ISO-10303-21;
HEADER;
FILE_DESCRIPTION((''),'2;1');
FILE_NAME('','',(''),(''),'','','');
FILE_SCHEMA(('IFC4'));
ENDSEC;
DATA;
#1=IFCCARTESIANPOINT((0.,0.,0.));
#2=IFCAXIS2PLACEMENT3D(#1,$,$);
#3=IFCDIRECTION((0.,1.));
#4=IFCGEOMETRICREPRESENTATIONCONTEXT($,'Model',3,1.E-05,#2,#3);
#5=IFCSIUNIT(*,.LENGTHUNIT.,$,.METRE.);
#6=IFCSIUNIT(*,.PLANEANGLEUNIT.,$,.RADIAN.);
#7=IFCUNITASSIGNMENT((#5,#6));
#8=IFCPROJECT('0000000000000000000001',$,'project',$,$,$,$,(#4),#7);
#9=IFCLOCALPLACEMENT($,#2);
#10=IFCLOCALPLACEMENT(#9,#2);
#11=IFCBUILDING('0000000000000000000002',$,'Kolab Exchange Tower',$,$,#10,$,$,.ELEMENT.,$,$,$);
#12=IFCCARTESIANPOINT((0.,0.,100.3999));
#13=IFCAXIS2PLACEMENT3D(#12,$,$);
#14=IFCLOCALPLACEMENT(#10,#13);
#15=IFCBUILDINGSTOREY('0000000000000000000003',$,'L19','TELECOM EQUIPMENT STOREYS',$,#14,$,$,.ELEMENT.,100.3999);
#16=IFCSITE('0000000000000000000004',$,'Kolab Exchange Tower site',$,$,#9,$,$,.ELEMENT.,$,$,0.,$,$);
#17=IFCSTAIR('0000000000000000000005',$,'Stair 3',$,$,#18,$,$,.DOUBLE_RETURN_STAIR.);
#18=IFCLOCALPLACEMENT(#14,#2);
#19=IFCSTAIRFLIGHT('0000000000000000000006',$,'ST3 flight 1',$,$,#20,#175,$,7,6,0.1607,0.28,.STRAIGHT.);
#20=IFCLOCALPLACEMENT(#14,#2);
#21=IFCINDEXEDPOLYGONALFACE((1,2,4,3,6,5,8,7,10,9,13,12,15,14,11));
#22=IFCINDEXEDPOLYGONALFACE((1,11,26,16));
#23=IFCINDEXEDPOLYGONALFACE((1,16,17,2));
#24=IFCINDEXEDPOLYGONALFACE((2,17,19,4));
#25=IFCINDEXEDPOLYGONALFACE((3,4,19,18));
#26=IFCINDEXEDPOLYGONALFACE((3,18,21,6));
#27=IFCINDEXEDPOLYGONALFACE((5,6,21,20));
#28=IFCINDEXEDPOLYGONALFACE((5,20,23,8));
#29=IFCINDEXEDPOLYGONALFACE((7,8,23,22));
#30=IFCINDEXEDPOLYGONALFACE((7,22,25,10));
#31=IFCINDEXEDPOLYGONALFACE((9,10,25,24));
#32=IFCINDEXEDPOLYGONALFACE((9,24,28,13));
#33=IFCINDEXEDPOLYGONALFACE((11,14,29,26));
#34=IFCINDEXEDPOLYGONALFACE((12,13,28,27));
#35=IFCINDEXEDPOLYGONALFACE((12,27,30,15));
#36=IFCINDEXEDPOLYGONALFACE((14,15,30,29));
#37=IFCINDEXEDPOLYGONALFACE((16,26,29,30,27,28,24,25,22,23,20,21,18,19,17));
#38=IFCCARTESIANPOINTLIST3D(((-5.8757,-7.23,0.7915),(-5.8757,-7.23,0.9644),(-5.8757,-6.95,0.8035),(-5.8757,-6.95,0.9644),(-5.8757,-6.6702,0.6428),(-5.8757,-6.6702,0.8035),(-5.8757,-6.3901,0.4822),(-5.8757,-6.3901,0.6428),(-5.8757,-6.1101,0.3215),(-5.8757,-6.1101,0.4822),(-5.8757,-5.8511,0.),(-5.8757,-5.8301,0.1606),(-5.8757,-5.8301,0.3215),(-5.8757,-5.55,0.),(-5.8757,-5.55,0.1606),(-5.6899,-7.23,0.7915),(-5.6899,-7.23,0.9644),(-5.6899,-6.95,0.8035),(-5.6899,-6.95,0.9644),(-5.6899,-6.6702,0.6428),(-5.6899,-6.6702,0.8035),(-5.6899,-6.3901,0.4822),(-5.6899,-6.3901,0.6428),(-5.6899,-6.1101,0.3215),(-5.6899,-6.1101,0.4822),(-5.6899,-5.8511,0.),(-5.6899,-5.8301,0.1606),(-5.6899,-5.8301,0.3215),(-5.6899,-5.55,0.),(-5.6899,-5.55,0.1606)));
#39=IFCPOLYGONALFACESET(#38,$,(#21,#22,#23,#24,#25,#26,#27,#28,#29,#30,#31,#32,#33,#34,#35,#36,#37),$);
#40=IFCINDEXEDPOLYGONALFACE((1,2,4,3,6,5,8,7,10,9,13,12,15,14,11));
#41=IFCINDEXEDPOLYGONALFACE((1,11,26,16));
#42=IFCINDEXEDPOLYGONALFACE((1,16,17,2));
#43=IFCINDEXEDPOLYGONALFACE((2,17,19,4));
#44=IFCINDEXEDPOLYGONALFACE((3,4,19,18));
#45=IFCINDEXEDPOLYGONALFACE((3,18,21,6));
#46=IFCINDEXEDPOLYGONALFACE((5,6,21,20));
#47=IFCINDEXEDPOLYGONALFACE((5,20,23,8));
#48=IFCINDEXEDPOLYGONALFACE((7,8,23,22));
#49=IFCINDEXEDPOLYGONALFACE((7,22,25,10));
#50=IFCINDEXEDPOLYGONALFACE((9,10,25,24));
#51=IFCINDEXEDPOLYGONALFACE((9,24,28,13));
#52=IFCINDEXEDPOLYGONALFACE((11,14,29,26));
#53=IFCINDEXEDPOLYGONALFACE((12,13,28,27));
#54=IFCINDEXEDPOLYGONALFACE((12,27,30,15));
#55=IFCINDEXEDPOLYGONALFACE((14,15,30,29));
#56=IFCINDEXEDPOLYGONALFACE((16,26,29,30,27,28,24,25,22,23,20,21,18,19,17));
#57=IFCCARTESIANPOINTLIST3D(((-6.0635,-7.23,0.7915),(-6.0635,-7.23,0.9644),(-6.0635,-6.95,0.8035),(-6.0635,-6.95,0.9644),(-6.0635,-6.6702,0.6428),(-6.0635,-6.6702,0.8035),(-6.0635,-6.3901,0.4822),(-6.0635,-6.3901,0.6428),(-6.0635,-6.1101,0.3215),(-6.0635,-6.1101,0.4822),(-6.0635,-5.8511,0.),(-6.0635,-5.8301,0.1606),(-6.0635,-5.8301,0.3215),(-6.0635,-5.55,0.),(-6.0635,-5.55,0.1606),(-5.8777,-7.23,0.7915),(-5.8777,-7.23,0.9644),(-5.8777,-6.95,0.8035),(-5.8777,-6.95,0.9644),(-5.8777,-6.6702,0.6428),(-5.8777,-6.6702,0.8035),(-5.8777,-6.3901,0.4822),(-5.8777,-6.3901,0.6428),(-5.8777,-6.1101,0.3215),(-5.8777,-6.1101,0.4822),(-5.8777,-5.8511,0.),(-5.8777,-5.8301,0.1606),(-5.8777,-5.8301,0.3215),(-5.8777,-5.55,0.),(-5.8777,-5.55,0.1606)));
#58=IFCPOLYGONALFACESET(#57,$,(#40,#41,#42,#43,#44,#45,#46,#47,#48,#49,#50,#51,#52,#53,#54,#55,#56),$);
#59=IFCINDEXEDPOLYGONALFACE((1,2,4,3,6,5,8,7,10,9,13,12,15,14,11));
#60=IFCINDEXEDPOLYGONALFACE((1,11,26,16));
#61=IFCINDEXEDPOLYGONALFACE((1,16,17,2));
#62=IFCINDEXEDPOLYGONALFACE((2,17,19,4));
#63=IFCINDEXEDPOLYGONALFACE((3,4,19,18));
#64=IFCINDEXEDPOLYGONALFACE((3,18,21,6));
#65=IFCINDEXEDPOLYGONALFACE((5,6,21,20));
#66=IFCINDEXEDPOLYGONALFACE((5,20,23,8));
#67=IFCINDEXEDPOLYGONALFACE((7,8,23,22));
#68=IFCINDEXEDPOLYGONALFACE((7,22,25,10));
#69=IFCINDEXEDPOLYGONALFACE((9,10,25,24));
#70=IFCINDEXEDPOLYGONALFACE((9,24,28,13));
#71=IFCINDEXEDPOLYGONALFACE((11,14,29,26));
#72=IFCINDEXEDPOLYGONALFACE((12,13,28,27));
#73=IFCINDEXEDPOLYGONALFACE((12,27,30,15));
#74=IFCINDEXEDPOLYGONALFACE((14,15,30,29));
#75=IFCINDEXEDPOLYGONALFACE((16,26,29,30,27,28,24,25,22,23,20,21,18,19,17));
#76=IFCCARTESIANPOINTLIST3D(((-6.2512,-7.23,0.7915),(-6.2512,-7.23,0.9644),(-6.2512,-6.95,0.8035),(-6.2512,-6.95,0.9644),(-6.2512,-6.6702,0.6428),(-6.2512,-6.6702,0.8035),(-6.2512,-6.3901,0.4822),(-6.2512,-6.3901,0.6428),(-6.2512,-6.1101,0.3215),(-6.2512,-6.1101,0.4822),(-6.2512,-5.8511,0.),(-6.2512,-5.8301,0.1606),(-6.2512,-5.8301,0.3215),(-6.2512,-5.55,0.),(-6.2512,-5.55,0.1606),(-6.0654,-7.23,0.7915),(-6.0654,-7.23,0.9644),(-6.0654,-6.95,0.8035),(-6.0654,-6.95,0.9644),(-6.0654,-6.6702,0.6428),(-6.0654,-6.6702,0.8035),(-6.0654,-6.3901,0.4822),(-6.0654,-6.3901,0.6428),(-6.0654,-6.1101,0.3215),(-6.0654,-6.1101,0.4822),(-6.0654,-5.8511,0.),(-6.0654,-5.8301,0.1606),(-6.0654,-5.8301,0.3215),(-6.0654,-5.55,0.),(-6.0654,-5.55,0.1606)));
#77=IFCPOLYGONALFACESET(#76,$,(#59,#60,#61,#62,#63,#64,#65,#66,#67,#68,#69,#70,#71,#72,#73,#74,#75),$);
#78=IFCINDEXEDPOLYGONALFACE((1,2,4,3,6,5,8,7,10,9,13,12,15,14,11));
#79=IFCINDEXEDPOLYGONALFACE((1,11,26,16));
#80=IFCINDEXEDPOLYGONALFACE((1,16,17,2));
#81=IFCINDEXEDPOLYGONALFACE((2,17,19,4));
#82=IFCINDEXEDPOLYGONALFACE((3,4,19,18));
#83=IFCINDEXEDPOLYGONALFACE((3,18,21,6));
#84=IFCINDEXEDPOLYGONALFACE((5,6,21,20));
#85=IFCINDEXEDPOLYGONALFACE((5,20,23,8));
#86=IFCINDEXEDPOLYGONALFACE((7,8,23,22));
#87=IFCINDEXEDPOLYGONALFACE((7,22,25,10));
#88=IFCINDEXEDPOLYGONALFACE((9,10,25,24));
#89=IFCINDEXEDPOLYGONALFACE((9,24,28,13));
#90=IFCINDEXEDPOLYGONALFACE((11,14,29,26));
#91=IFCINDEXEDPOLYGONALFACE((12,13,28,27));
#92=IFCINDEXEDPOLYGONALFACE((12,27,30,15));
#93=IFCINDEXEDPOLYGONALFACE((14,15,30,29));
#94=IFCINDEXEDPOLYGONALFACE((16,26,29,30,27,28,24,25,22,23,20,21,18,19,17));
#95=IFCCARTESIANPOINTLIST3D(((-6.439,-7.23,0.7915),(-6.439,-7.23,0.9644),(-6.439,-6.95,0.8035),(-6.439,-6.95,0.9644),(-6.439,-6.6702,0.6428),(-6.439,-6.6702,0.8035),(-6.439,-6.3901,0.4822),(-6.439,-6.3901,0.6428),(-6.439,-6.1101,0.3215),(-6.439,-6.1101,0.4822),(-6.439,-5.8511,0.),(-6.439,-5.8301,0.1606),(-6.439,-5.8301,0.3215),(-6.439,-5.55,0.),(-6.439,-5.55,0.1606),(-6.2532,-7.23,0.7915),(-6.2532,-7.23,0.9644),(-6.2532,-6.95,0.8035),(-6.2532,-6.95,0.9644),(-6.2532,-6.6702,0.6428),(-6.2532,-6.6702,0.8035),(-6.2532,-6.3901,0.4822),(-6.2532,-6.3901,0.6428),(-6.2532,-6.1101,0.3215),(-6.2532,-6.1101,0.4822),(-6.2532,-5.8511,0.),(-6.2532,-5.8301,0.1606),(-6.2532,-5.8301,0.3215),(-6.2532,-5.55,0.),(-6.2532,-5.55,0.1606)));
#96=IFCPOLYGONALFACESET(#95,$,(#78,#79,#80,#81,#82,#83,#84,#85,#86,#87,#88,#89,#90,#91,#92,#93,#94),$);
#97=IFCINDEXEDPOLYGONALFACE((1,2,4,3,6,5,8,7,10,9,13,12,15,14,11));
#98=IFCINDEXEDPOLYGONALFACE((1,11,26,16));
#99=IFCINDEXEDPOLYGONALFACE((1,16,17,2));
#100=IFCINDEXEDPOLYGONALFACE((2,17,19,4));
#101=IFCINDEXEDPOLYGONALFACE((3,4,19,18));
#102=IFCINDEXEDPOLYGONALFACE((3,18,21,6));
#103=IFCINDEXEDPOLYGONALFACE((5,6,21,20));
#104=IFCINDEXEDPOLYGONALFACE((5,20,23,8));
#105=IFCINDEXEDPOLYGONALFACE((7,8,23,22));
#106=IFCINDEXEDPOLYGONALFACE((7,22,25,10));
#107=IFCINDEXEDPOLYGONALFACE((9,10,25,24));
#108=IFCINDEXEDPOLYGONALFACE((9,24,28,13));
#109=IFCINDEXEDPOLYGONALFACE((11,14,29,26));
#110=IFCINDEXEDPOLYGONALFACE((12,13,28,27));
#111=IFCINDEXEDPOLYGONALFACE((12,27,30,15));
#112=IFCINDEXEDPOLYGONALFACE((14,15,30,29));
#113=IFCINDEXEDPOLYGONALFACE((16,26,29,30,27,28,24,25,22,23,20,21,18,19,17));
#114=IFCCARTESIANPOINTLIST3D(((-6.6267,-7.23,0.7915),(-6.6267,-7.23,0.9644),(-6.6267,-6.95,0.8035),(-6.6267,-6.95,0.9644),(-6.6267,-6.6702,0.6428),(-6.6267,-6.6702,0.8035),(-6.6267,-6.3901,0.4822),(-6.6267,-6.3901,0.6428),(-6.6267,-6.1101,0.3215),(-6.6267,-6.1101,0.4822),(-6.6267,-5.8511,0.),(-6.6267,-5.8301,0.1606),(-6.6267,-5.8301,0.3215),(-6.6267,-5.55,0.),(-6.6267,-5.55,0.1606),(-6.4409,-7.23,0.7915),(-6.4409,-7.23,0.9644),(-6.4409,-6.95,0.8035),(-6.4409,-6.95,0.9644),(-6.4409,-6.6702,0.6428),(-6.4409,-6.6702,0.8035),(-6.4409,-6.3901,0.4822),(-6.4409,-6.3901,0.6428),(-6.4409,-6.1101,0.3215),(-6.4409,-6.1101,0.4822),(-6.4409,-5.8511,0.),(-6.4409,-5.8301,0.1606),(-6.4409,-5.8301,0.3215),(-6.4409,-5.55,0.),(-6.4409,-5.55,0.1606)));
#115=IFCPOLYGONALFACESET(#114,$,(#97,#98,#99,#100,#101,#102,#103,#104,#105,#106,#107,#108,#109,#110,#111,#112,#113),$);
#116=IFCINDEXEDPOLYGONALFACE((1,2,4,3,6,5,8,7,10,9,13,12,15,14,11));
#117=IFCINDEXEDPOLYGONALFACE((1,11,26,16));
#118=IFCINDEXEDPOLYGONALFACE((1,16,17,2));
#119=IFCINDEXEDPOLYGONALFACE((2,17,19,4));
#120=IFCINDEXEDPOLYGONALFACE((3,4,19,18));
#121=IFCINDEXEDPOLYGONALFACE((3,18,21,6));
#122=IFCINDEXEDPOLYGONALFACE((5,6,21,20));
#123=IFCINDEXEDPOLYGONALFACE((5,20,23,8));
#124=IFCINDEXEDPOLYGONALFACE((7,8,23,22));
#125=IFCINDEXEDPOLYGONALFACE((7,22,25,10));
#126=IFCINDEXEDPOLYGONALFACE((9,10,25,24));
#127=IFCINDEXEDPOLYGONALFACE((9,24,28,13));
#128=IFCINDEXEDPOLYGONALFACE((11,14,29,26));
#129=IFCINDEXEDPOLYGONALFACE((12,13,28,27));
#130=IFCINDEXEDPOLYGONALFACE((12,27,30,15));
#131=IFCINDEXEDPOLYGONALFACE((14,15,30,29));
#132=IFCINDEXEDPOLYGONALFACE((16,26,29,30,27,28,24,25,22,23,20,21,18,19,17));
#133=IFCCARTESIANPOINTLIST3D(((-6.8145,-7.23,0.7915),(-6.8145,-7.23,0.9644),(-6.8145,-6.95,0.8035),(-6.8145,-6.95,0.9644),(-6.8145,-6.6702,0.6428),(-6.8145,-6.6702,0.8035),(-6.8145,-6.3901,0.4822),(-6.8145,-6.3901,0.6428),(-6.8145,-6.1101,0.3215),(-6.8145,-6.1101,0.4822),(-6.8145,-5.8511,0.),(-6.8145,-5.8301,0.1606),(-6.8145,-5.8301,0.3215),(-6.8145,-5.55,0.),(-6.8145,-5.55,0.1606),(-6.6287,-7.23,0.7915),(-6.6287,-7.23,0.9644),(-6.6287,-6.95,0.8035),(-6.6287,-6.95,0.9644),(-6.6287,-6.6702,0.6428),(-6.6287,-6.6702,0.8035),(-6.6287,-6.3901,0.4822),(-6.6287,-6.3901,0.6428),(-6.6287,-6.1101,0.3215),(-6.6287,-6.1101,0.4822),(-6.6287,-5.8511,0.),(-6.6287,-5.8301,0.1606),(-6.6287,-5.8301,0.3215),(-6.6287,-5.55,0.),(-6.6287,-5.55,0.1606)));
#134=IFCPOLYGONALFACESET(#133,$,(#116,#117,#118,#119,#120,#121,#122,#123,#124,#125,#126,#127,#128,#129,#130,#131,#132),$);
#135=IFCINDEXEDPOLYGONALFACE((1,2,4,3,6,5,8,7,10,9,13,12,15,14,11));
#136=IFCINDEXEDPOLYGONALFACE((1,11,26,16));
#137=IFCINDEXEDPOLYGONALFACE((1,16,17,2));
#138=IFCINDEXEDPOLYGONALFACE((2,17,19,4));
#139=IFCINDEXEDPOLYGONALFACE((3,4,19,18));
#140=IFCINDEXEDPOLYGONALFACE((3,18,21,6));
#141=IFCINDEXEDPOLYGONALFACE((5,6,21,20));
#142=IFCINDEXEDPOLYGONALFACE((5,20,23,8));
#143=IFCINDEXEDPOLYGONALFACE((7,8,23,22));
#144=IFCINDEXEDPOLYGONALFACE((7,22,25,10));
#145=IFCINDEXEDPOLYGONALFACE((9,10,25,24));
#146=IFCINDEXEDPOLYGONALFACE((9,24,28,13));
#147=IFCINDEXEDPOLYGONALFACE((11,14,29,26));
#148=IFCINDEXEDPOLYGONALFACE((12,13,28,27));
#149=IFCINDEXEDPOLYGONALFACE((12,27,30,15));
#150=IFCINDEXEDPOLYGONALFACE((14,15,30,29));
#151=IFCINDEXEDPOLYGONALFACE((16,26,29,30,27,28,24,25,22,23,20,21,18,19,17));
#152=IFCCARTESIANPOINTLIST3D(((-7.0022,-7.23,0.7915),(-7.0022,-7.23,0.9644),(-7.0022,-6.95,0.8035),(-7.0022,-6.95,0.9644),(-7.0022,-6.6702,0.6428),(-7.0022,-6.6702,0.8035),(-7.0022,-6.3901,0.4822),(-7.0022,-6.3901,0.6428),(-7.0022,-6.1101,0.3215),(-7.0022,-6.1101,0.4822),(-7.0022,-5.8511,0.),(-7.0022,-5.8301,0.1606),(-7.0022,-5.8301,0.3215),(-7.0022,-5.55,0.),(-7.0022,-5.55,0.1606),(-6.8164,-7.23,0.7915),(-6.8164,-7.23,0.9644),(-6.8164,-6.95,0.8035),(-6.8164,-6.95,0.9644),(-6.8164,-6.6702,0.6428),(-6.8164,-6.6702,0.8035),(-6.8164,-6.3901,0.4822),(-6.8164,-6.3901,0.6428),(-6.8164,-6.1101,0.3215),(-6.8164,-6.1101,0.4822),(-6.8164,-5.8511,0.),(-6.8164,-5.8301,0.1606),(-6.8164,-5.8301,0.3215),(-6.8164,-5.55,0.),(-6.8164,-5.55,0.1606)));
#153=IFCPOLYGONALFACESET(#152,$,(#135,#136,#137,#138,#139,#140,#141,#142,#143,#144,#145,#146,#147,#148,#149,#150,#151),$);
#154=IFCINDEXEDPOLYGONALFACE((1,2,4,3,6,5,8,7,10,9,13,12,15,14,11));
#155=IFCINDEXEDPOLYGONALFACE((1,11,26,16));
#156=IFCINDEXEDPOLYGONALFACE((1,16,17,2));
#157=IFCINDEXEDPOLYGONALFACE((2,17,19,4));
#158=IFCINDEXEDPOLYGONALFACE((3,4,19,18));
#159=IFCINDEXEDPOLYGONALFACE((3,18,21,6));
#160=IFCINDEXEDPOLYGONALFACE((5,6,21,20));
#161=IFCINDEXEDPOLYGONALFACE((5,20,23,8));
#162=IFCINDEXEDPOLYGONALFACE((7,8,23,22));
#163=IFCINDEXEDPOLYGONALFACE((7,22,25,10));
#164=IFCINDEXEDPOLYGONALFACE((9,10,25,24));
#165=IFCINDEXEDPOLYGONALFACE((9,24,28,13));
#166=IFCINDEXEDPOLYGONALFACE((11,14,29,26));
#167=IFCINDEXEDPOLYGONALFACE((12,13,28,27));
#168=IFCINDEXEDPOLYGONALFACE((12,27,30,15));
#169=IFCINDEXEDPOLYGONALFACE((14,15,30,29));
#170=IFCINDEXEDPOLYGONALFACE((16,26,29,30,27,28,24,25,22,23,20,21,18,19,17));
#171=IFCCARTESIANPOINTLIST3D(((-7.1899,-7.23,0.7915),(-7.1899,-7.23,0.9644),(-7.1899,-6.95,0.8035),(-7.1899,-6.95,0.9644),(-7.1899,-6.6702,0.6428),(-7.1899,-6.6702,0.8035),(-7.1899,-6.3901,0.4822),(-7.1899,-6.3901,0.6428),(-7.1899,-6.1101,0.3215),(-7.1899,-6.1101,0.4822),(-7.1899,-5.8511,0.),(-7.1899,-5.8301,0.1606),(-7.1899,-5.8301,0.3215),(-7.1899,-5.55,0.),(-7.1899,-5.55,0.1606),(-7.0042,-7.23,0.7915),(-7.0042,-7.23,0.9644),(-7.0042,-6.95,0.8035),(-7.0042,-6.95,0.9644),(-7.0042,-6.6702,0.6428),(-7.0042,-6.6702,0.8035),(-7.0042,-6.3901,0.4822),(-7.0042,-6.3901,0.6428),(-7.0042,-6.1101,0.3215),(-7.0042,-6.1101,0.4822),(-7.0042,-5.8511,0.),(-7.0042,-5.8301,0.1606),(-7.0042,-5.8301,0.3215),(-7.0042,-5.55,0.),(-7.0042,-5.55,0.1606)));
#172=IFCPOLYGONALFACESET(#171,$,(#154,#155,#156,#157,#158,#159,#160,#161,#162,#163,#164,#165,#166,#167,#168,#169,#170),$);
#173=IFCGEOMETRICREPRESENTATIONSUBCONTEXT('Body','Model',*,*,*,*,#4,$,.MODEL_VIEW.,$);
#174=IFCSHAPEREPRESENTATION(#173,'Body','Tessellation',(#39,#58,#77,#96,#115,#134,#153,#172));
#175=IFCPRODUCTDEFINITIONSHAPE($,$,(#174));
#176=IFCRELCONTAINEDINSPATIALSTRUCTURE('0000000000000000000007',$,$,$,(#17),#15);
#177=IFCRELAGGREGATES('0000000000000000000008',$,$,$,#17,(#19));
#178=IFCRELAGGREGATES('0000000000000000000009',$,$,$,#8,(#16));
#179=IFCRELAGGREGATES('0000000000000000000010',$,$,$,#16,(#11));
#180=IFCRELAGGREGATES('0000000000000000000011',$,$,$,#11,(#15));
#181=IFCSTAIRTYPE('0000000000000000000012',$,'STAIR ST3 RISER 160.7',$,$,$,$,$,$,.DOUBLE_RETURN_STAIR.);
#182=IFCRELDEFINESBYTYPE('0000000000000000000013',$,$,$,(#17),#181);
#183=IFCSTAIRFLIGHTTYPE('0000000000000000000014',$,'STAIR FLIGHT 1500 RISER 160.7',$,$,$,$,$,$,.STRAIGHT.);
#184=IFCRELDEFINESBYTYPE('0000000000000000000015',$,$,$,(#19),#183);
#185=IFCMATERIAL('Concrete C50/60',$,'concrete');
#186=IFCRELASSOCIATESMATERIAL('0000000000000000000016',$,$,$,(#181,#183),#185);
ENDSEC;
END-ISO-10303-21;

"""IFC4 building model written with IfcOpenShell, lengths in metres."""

from ifc_helpers import new_model, si_unit, direction, frame, origin, place, context, subcontext, project, spatial, polyline, outline, extrude, material, type_object, element, aggregate, save


model = new_model("IFC4")

# Units and contexts
model_context = context("Model", 3, precision=1e-05, world=origin(), true_north=direction((0.0, 1.0)))
body_context = subcontext(model_context, "Body", "Model", "MODEL_VIEW")
ifc_project = project(units=[si_unit("LENGTHUNIT", "METRE"), si_unit("PLANEANGLEUNIT", "RADIAN")], contexts=[model_context])

# Site, building, storey
site_placement = place(None, origin())
site = spatial("IfcSite", under=ifc_project, at=site_placement, Name="Kolab Exchange Tower site", CompositionType="ELEMENT", RefElevation=0.0)
building_placement = place(site_placement, origin())
building = spatial("IfcBuilding", under=site, at=building_placement, Name="Kolab Exchange Tower", CompositionType="ELEMENT")
storey_placement = place(building_placement, frame((0.0, 0.0, 100.3999)))
storey = spatial("IfcBuildingStorey", under=building, at=storey_placement, Name="L19", Description="TELECOM EQUIPMENT STOREYS", CompositionType="ELEMENT", Elevation=100.3999)

# Shared definitions
ifc_material_1 = material(Name="Concrete C50/60", Category="concrete")

# Stair, stair flight
stair_type = type_object("IfcStairType", Name="STAIR ST3 RISER 160.7", PredefinedType="DOUBLE_RETURN_STAIR", material=ifc_material_1)
stair_placement = place(storey_placement, origin())
stair = element("IfcStair", 1, at=stair_placement, inside=storey, type_object=stair_type, Name="Stair 3", PredefinedType="DOUBLE_RETURN_STAIR")
stair_flight_type = type_object("IfcStairFlightType", Name="STAIR FLIGHT 1500 RISER 160.7", PredefinedType="STRAIGHT", material=ifc_material_1)
stair_flight_1_placement = place(storey_placement, frame((-6.4399, -5.55, 0.0), z_axis=(0.0, 0.0, 1.0), x_axis=(0.0, -1.0, 0.0)))
stair_flight_1 = element("IfcStairFlight", 2, at=stair_flight_1_placement, type_object=stair_flight_type, Name="ST3 flight 1", NumberOfRisers=7, NumberOfTreads=6, PredefinedType="STRAIGHT", RiserHeight=0.1607, TreadLength=0.28, context=body_context, shape_type="SweptSolid", body=[
    extrude(outline(polyline([(0.0, 0.0), (0.0, 0.1606), (0.28, 0.1606), (0.28, 0.3215), (0.5601, 0.3215), (0.5601, 0.4822), (0.8401, 0.4822), (0.8401, 0.6428), (1.1201, 0.6428), (1.1201, 0.8035), (1.3999, 0.8035), (1.3999, 0.9644), (1.6799, 0.9644), (1.6799, 1.125), (1.6799, 0.7915), (0.301, 0.0), (0.0, 0.0)])), frame((0.0, 0.75, 0.0), z_axis=(0.0, -1.0, 0.0), x_axis=(1.0, 0.0, 0.0)), (0.0, 0.0, 1.0), 0.1858),
    extrude(outline(polyline([(0.0, 0.0), (0.0, 0.1606), (0.28, 0.1606), (0.28, 0.3215), (0.5601, 0.3215), (0.5601, 0.4822), (0.8401, 0.4822), (0.8401, 0.6428), (1.1201, 0.6428), (1.1201, 0.8035), (1.3999, 0.8035), (1.3999, 0.9644), (1.6799, 0.9644), (1.6799, 1.125), (1.6799, 0.7915), (0.301, 0.0), (0.0, 0.0)])), frame((0.0, 0.5623, 0.0), z_axis=(0.0, -1.0, 0.0), x_axis=(1.0, 0.0, 0.0)), (0.0, 0.0, 1.0), 0.1858),
    extrude(outline(polyline([(0.0, 0.0), (0.0, 0.1606), (0.28, 0.1606), (0.28, 0.3215), (0.5601, 0.3215), (0.5601, 0.4822), (0.8401, 0.4822), (0.8401, 0.6428), (1.1201, 0.6428), (1.1201, 0.8035), (1.3999, 0.8035), (1.3999, 0.9644), (1.6799, 0.9644), (1.6799, 1.125), (1.6799, 0.7915), (0.301, 0.0), (0.0, 0.0)])), frame((0.0, 0.3745, 0.0), z_axis=(0.0, -1.0, 0.0), x_axis=(1.0, 0.0, 0.0)), (0.0, 0.0, 1.0), 0.1858),
    extrude(outline(polyline([(0.0, 0.0), (0.0, 0.1606), (0.28, 0.1606), (0.28, 0.3215), (0.5601, 0.3215), (0.5601, 0.4822), (0.8401, 0.4822), (0.8401, 0.6428), (1.1201, 0.6428), (1.1201, 0.8035), (1.3999, 0.8035), (1.3999, 0.9644), (1.6799, 0.9644), (1.6799, 1.125), (1.6799, 0.7915), (0.301, 0.0), (0.0, 0.0)])), frame((0.0, 0.1868, 0.0), z_axis=(0.0, -1.0, 0.0), x_axis=(1.0, 0.0, 0.0)), (0.0, 0.0, 1.0), 0.1858),
    extrude(outline(polyline([(0.0, 0.0), (0.0, 0.1606), (0.28, 0.1606), (0.28, 0.3215), (0.5601, 0.3215), (0.5601, 0.4822), (0.8401, 0.4822), (0.8401, 0.6428), (1.1201, 0.6428), (1.1201, 0.8035), (1.3999, 0.8035), (1.3999, 0.9644), (1.6799, 0.9644), (1.6799, 1.125), (1.6799, 0.7915), (0.301, 0.0), (0.0, 0.0)])), frame((0.0, -0.001, 0.0), z_axis=(0.0, -1.0, 0.0), x_axis=(1.0, 0.0, 0.0)), (0.0, 0.0, 1.0), 0.1858),
    extrude(outline(polyline([(0.0, 0.0), (0.0, 0.1606), (0.28, 0.1606), (0.28, 0.3215), (0.5601, 0.3215), (0.5601, 0.4822), (0.8401, 0.4822), (0.8401, 0.6428), (1.1201, 0.6428), (1.1201, 0.8035), (1.3999, 0.8035), (1.3999, 0.9644), (1.6799, 0.9644), (1.6799, 1.125), (1.6799, 0.7915), (0.301, 0.0), (0.0, 0.0)])), frame((0.0, -0.1887, 0.0), z_axis=(0.0, -1.0, 0.0), x_axis=(1.0, 0.0, 0.0)), (0.0, 0.0, 1.0), 0.1858),
    extrude(outline(polyline([(0.0, 0.0), (0.0, 0.1606), (0.28, 0.1606), (0.28, 0.3215), (0.5601, 0.3215), (0.5601, 0.4822), (0.8401, 0.4822), (0.8401, 0.6428), (1.1201, 0.6428), (1.1201, 0.8035), (1.3999, 0.8035), (1.3999, 0.9644), (1.6799, 0.9644), (1.6799, 1.125), (1.6799, 0.7915), (0.301, 0.0), (0.0, 0.0)])), frame((0.0, -0.3765, 0.0), z_axis=(0.0, -1.0, 0.0), x_axis=(1.0, 0.0, 0.0)), (0.0, 0.0, 1.0), 0.1858),
    extrude(outline(polyline([(0.0, 0.0), (0.0, 0.1606), (0.28, 0.1606), (0.28, 0.3215), (0.5601, 0.3215), (0.5601, 0.4822), (0.8401, 0.4822), (0.8401, 0.6428), (1.1201, 0.6428), (1.1201, 0.8035), (1.3999, 0.8035), (1.3999, 0.9644), (1.6799, 0.9644), (1.6799, 1.125), (1.6799, 0.7915), (0.301, 0.0), (0.0, 0.0)])), frame((0.0, -0.5642, 0.0), z_axis=(0.0, -1.0, 0.0), x_axis=(1.0, 0.0, 0.0)), (0.0, 0.0, 1.0), 0.1858),
])
aggregate(stair, [stair_flight_1])

save(model, "model.ifc")
